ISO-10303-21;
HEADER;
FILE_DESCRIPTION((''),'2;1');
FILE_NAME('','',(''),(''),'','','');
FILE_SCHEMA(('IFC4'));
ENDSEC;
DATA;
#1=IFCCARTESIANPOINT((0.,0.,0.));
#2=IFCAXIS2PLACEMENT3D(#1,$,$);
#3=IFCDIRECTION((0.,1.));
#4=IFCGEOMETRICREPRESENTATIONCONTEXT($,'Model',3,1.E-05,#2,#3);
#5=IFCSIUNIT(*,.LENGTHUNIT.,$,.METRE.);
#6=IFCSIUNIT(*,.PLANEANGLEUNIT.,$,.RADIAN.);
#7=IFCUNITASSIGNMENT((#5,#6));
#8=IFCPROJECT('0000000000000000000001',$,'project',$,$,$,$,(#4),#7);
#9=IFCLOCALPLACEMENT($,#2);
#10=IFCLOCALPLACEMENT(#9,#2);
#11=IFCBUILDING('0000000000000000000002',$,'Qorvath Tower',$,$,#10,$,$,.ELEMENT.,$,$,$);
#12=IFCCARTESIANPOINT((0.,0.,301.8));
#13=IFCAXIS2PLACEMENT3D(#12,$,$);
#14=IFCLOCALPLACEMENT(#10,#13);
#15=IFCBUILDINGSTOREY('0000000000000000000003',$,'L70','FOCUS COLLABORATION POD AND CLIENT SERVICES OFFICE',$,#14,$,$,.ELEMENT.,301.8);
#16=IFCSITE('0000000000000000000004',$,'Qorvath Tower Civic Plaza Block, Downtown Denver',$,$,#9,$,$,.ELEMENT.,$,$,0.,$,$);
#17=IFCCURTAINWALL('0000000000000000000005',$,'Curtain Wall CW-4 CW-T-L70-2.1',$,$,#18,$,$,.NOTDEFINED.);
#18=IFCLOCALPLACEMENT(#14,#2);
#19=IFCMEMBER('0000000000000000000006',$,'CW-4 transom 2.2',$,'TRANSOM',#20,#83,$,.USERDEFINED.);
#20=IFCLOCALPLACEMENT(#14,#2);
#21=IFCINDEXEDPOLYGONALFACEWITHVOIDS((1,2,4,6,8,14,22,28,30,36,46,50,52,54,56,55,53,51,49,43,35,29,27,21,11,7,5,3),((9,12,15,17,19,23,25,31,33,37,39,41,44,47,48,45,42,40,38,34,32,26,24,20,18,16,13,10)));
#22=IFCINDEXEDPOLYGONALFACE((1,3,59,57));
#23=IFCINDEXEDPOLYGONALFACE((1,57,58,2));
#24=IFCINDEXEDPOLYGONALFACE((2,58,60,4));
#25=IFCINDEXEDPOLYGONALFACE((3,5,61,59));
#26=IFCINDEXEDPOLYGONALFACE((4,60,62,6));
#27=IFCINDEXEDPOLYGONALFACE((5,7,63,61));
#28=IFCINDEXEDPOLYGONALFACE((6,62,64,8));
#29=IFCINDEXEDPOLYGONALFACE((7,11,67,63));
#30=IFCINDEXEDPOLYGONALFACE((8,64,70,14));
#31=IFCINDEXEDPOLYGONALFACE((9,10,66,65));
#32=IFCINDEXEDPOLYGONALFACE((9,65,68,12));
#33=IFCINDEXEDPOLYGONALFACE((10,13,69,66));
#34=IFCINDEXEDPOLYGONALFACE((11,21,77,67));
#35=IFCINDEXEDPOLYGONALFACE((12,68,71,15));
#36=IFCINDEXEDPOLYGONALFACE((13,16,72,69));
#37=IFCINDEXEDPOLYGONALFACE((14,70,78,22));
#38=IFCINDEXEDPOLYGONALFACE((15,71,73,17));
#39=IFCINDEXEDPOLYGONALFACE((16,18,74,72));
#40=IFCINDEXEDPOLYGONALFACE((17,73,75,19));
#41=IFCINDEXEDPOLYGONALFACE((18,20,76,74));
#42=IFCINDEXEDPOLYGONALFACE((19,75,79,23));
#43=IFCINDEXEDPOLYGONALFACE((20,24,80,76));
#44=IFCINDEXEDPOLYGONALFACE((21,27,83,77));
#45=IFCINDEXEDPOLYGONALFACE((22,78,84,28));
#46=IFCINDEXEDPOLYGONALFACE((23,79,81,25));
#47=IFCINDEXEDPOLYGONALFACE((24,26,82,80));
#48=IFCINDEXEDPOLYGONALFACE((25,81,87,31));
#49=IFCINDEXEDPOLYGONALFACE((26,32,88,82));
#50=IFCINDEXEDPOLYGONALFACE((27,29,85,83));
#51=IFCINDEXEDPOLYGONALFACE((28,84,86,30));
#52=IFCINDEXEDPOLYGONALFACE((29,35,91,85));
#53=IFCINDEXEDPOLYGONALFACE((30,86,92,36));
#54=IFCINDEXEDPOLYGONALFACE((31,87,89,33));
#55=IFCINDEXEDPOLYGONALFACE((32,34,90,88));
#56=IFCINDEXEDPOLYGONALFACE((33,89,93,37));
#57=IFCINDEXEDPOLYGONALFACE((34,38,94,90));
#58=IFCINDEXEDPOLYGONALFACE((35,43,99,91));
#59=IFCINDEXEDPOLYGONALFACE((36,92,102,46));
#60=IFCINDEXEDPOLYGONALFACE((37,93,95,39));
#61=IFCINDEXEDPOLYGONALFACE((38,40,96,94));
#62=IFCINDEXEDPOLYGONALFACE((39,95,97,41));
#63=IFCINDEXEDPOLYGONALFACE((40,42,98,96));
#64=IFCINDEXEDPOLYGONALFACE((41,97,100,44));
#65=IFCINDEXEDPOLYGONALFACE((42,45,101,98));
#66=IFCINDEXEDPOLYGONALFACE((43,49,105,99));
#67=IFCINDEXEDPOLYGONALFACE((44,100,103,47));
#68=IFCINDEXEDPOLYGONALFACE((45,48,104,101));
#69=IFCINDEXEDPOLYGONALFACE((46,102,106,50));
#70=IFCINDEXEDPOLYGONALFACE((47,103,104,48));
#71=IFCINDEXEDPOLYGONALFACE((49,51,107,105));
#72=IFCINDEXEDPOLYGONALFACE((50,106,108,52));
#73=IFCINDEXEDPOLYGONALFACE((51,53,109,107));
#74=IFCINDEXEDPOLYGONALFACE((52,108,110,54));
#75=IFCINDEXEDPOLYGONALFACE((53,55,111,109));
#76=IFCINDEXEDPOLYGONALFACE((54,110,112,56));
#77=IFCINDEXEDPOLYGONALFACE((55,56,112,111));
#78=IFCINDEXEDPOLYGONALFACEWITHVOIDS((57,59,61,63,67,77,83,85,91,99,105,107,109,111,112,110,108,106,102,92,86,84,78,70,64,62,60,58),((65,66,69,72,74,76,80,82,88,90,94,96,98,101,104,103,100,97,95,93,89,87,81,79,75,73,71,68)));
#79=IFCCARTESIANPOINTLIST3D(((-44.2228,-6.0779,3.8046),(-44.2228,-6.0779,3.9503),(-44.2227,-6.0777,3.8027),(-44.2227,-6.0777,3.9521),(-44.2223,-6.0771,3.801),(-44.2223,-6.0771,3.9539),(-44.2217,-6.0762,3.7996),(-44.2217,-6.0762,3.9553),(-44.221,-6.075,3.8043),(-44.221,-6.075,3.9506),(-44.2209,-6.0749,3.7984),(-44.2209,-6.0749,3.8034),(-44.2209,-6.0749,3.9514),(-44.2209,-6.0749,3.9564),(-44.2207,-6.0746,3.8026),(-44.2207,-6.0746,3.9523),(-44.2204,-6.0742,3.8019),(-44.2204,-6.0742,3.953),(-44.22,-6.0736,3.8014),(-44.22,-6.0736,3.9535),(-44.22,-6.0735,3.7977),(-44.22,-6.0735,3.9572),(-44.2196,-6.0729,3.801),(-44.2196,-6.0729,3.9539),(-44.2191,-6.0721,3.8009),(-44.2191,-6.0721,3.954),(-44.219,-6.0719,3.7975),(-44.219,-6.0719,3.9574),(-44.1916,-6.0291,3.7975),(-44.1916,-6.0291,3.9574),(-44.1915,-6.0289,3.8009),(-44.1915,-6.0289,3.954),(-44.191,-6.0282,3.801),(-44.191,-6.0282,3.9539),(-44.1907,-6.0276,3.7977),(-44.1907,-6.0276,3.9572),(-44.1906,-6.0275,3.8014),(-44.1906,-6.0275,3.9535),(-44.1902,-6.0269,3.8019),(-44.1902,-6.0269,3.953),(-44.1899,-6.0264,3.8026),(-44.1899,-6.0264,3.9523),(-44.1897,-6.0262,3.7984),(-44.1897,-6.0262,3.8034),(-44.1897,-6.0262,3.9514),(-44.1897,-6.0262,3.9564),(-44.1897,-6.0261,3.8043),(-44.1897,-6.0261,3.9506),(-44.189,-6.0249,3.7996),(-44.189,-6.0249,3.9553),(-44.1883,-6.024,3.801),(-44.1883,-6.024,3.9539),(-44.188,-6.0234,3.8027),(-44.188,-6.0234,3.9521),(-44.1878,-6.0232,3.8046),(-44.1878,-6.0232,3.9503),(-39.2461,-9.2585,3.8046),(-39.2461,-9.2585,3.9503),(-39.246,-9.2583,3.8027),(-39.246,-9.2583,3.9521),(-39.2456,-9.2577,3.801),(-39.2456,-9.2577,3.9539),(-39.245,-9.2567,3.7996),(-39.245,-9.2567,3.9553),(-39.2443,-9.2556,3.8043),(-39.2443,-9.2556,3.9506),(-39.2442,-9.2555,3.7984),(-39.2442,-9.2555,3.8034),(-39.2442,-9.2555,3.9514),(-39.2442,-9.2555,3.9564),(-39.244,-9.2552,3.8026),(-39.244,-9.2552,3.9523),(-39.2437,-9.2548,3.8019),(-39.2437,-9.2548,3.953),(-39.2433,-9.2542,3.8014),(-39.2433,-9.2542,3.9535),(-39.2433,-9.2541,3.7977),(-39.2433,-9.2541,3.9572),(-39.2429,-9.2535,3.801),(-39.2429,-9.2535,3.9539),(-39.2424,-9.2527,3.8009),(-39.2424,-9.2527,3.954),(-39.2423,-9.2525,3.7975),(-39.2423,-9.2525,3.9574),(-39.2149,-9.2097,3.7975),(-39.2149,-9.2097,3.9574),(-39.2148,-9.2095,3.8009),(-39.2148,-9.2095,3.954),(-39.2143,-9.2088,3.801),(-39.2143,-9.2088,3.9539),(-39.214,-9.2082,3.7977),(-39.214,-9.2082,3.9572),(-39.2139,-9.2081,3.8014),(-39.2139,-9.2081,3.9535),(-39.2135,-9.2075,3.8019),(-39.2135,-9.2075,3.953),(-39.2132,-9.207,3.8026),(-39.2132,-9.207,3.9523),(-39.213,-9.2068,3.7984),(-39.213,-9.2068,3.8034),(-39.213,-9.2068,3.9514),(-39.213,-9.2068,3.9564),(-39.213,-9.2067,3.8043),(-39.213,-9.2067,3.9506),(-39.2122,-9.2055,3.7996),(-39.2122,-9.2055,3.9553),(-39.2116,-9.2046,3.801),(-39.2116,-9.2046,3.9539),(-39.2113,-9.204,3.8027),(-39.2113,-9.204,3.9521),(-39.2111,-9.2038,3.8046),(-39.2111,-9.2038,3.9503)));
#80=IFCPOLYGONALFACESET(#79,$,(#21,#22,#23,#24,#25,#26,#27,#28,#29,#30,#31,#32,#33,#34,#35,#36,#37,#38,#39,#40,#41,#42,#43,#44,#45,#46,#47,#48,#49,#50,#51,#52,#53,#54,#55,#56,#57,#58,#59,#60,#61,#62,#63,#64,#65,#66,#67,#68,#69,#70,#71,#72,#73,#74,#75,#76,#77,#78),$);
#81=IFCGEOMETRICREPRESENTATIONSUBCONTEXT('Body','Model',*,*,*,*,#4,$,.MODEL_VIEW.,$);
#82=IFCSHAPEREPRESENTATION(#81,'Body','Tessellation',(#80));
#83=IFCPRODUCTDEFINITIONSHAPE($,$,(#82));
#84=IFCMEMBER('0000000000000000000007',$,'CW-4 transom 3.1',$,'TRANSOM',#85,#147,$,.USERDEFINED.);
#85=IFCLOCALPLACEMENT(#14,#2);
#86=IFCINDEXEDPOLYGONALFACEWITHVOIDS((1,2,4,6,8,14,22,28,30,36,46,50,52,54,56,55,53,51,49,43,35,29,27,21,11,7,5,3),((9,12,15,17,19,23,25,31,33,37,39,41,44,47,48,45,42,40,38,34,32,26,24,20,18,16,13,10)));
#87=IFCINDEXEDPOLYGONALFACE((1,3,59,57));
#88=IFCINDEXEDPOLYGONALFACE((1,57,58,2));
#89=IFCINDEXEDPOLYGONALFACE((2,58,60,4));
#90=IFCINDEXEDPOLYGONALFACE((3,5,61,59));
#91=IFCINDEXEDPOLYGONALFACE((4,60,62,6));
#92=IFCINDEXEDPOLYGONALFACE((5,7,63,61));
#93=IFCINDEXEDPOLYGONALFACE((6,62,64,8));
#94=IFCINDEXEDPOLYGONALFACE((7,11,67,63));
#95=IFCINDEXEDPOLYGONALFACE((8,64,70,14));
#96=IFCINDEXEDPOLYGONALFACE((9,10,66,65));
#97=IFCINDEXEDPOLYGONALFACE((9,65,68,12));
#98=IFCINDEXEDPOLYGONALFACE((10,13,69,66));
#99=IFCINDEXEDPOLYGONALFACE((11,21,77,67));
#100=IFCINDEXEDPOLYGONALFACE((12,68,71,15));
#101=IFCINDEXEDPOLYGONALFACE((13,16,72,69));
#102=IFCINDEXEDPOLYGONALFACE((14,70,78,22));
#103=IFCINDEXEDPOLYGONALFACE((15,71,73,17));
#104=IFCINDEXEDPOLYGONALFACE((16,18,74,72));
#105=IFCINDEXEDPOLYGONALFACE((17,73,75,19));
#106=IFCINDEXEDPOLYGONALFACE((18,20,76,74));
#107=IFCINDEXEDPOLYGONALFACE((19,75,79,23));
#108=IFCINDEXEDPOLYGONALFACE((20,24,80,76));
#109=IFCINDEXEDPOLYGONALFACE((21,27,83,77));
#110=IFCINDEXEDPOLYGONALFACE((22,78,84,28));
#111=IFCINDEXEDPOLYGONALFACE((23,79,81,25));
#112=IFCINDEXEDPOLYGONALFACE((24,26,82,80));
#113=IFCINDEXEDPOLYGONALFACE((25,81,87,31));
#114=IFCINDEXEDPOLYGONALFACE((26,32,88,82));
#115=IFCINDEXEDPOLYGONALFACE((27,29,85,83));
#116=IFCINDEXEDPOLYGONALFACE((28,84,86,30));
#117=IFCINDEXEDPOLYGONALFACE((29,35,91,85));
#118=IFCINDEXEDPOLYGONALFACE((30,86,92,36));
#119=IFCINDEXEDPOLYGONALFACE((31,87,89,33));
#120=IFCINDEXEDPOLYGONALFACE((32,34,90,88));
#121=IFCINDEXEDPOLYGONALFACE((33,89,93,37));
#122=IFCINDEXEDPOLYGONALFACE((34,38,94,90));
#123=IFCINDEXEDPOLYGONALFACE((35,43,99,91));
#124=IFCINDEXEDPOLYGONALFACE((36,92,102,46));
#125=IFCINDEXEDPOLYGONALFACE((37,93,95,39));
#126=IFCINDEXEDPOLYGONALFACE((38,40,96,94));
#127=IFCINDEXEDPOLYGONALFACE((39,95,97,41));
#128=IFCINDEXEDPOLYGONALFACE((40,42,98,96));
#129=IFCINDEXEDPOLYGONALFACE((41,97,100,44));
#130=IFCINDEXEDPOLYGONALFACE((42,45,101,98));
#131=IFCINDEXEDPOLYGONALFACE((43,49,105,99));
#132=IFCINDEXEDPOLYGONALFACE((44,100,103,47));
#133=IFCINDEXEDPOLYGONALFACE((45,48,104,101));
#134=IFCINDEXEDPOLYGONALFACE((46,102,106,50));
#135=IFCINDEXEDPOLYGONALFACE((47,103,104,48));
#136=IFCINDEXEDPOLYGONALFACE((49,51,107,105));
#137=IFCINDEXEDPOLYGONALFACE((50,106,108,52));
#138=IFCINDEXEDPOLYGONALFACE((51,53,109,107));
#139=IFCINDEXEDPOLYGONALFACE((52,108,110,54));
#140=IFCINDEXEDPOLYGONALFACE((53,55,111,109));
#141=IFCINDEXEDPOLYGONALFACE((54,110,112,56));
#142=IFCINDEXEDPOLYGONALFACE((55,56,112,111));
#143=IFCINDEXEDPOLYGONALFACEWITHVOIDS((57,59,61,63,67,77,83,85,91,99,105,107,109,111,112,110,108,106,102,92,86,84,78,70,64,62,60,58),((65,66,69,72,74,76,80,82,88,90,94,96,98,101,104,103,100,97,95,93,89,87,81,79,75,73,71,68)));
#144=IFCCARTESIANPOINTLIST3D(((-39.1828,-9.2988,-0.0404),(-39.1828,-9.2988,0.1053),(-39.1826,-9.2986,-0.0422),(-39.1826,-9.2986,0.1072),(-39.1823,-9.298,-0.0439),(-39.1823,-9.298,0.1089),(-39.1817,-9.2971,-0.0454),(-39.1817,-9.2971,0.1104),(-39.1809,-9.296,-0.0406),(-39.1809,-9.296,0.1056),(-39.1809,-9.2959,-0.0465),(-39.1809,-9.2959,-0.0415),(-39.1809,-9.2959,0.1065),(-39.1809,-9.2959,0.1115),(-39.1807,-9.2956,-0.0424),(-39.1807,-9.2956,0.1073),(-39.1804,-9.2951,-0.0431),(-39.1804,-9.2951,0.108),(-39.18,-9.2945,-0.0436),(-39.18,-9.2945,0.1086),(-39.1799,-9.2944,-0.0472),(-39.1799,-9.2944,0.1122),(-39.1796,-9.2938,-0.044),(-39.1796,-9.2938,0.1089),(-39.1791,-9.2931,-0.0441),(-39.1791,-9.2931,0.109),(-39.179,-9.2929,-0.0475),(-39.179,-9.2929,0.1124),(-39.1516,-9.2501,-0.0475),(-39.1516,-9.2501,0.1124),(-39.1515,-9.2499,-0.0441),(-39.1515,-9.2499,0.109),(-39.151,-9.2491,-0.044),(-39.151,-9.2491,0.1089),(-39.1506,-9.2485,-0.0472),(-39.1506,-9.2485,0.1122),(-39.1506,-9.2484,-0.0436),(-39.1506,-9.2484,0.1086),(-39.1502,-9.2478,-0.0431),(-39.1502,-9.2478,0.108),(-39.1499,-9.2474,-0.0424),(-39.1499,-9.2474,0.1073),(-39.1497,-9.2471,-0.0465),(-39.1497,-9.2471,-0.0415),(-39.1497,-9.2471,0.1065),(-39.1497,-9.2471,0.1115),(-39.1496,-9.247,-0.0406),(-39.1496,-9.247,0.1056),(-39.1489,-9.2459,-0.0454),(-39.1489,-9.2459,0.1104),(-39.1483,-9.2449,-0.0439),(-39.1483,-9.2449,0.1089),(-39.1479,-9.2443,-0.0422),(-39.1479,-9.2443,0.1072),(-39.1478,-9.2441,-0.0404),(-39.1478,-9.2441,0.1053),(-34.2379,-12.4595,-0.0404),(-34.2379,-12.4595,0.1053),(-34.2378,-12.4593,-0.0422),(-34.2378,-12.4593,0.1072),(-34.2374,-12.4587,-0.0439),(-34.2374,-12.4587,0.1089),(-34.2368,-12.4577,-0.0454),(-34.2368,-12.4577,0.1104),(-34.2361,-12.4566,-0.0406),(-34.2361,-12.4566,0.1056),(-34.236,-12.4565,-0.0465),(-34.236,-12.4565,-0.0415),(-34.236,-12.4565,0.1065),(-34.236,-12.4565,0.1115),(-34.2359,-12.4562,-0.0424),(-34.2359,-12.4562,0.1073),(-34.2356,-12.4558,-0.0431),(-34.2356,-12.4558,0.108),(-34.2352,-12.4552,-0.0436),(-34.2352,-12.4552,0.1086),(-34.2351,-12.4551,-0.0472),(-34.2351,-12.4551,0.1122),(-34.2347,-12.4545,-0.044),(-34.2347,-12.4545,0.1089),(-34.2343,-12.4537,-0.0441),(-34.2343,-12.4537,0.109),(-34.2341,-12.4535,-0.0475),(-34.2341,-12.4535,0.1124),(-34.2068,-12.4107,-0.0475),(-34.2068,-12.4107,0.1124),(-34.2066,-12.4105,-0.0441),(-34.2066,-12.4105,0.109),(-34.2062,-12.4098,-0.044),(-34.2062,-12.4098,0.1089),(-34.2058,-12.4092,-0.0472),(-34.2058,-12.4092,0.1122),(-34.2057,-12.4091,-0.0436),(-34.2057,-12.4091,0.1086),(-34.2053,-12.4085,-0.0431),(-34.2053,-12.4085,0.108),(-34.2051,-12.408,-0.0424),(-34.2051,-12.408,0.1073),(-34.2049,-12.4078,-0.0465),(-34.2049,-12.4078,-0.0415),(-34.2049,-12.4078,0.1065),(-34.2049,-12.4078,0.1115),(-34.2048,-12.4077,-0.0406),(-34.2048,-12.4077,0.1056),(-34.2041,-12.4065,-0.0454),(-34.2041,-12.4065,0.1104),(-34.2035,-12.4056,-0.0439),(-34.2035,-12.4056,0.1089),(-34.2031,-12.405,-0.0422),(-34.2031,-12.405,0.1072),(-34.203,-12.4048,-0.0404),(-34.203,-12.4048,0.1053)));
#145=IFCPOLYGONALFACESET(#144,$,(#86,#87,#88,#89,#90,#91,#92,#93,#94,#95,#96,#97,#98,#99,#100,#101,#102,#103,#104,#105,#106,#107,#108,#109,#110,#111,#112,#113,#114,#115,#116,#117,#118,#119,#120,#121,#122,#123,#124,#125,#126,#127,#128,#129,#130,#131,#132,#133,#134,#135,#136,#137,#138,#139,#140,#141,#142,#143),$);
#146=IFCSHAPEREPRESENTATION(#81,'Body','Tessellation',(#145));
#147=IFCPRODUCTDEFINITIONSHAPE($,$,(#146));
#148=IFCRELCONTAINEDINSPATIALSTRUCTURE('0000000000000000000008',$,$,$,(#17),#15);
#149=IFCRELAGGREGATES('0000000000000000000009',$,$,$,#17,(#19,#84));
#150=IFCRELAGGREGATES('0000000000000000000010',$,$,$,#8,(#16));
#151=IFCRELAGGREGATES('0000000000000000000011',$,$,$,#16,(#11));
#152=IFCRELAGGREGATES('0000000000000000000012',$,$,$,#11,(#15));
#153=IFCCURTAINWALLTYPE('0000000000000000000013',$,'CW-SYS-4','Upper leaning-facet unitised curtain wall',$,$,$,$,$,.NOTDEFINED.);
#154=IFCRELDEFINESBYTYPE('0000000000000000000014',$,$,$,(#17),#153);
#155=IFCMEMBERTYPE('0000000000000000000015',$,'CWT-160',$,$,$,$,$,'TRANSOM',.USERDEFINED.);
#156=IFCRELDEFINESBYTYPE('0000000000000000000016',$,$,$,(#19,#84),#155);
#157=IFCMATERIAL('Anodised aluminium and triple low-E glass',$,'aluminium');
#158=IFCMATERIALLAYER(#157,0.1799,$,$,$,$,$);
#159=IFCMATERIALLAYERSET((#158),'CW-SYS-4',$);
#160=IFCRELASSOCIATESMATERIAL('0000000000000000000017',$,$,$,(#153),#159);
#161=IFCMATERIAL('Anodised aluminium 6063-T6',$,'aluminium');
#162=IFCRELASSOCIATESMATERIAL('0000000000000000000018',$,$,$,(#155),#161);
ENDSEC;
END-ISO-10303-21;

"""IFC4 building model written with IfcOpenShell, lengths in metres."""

from ifc_helpers import new_model, si_unit, direction, frame, origin, origin_2d, place, context, subcontext, project, spatial, hollow_rectangle, extrude, material, layer, layer_set, material_profile, profile_set, type_object, element, aggregate, save


model = new_model("IFC4")

# Units and contexts
model_context = context("Model", 3, precision=1e-05, world=origin(), true_north=direction((0.0, 1.0)))
body_context = subcontext(model_context, "Body", "Model", "MODEL_VIEW")
ifc_project = project(units=[si_unit("LENGTHUNIT", "METRE"), si_unit("PLANEANGLEUNIT", "RADIAN")], contexts=[model_context])

# Site, building, storey
site_placement = place(None, origin())
site = spatial("IfcSite", under=ifc_project, at=site_placement, Name="Qorvath Tower Civic Plaza Block, Downtown Denver", CompositionType="ELEMENT", RefElevation=0.0)
building_placement = place(site_placement, origin())
building = spatial("IfcBuilding", under=site, at=building_placement, Name="Qorvath Tower", CompositionType="ELEMENT")
storey_placement = place(building_placement, frame((0.0, 0.0, 301.8)))
storey = spatial("IfcBuildingStorey", under=building, at=storey_placement, Name="L70", Description="FOCUS COLLABORATION POD AND CLIENT SERVICES OFFICE", CompositionType="ELEMENT", Elevation=301.8)

# Curtain wall, members
ifc_material_1 = material(Name="Anodised aluminium and triple low-E glass", Category="aluminium")
ifc_layer_1 = layer(ifc_material_1, 0.1799)
ifc_layer_set_1 = layer_set([ifc_layer_1], Name="CW-SYS-4")
curtain_wall_type = type_object("IfcCurtainWallType", Name="CW-SYS-4", Description="Upper leaning-facet unitised curtain wall", PredefinedType="NOTDEFINED", material=ifc_layer_set_1)
curtain_wall_placement = place(storey_placement, origin())
curtain_wall = element("IfcCurtainWall", 1, at=curtain_wall_placement, inside=storey, type_object=curtain_wall_type, Name="Curtain Wall CW-4 CW-T-L70-2.1", PredefinedType="NOTDEFINED")
ifc_material_2 = material(Name="Anodised aluminium 6063-T6", Category="aluminium")
ifc_material_profile_1 = material_profile(ifc_material_2, hollow_rectangle(XDim=0.0649, YDim=0.1599, WallThickness=0.0034, InnerFilletRadius=0.0034, OuterFilletRadius=0.0071, at=origin_2d()), Name="CWT 160x65")
ifc_profile_set_1 = profile_set([ifc_material_profile_1], Name="Anodised aluminium 6063-T6")
member_type_1 = type_object("IfcMemberType", Name="CWT-160", ElementType="TRANSOM", PredefinedType="USERDEFINED", material=ifc_profile_set_1)
member_1_placement = place(storey_placement, frame((-44.2053, -6.0505, 3.8774), z_axis=(0.842617, -0.538514, 0.0), x_axis=(0.538514, 0.842617, 0.0)))
member_1 = element("IfcMember", 2, at=member_1_placement, type_object=member_type_1, Name="CW-4 transom 2.2", ObjectType="TRANSOM", PredefinedType="USERDEFINED", context=body_context, shape_type="SweptSolid", body=[
    extrude(hollow_rectangle(XDim=0.0649, YDim=0.1599, WallThickness=0.0034, InnerFilletRadius=0.0034, OuterFilletRadius=0.0071, at=origin_2d()), origin(), (0.0, 0.0, 1.0), 5.9062),
])
member_2_placement = place(storey_placement, frame((-39.1653, -9.2715, 0.0325), z_axis=(0.842584, -0.538565, 0.0), x_axis=(0.538565, 0.842584, 0.0)))
member_2 = element("IfcMember", 3, at=member_2_placement, type_object=member_type_1, Name="CW-4 transom 3.1", ObjectType="TRANSOM", PredefinedType="USERDEFINED", context=body_context, shape_type="SweptSolid", body=[
    extrude(hollow_rectangle(XDim=0.0649, YDim=0.1599, WallThickness=0.0034, InnerFilletRadius=0.0034, OuterFilletRadius=0.0071, at=origin_2d()), origin(), (0.0, 0.0, 1.0), 5.8687),
])

aggregate(curtain_wall, [member_1, member_2])

save(model, "model.ifc")
